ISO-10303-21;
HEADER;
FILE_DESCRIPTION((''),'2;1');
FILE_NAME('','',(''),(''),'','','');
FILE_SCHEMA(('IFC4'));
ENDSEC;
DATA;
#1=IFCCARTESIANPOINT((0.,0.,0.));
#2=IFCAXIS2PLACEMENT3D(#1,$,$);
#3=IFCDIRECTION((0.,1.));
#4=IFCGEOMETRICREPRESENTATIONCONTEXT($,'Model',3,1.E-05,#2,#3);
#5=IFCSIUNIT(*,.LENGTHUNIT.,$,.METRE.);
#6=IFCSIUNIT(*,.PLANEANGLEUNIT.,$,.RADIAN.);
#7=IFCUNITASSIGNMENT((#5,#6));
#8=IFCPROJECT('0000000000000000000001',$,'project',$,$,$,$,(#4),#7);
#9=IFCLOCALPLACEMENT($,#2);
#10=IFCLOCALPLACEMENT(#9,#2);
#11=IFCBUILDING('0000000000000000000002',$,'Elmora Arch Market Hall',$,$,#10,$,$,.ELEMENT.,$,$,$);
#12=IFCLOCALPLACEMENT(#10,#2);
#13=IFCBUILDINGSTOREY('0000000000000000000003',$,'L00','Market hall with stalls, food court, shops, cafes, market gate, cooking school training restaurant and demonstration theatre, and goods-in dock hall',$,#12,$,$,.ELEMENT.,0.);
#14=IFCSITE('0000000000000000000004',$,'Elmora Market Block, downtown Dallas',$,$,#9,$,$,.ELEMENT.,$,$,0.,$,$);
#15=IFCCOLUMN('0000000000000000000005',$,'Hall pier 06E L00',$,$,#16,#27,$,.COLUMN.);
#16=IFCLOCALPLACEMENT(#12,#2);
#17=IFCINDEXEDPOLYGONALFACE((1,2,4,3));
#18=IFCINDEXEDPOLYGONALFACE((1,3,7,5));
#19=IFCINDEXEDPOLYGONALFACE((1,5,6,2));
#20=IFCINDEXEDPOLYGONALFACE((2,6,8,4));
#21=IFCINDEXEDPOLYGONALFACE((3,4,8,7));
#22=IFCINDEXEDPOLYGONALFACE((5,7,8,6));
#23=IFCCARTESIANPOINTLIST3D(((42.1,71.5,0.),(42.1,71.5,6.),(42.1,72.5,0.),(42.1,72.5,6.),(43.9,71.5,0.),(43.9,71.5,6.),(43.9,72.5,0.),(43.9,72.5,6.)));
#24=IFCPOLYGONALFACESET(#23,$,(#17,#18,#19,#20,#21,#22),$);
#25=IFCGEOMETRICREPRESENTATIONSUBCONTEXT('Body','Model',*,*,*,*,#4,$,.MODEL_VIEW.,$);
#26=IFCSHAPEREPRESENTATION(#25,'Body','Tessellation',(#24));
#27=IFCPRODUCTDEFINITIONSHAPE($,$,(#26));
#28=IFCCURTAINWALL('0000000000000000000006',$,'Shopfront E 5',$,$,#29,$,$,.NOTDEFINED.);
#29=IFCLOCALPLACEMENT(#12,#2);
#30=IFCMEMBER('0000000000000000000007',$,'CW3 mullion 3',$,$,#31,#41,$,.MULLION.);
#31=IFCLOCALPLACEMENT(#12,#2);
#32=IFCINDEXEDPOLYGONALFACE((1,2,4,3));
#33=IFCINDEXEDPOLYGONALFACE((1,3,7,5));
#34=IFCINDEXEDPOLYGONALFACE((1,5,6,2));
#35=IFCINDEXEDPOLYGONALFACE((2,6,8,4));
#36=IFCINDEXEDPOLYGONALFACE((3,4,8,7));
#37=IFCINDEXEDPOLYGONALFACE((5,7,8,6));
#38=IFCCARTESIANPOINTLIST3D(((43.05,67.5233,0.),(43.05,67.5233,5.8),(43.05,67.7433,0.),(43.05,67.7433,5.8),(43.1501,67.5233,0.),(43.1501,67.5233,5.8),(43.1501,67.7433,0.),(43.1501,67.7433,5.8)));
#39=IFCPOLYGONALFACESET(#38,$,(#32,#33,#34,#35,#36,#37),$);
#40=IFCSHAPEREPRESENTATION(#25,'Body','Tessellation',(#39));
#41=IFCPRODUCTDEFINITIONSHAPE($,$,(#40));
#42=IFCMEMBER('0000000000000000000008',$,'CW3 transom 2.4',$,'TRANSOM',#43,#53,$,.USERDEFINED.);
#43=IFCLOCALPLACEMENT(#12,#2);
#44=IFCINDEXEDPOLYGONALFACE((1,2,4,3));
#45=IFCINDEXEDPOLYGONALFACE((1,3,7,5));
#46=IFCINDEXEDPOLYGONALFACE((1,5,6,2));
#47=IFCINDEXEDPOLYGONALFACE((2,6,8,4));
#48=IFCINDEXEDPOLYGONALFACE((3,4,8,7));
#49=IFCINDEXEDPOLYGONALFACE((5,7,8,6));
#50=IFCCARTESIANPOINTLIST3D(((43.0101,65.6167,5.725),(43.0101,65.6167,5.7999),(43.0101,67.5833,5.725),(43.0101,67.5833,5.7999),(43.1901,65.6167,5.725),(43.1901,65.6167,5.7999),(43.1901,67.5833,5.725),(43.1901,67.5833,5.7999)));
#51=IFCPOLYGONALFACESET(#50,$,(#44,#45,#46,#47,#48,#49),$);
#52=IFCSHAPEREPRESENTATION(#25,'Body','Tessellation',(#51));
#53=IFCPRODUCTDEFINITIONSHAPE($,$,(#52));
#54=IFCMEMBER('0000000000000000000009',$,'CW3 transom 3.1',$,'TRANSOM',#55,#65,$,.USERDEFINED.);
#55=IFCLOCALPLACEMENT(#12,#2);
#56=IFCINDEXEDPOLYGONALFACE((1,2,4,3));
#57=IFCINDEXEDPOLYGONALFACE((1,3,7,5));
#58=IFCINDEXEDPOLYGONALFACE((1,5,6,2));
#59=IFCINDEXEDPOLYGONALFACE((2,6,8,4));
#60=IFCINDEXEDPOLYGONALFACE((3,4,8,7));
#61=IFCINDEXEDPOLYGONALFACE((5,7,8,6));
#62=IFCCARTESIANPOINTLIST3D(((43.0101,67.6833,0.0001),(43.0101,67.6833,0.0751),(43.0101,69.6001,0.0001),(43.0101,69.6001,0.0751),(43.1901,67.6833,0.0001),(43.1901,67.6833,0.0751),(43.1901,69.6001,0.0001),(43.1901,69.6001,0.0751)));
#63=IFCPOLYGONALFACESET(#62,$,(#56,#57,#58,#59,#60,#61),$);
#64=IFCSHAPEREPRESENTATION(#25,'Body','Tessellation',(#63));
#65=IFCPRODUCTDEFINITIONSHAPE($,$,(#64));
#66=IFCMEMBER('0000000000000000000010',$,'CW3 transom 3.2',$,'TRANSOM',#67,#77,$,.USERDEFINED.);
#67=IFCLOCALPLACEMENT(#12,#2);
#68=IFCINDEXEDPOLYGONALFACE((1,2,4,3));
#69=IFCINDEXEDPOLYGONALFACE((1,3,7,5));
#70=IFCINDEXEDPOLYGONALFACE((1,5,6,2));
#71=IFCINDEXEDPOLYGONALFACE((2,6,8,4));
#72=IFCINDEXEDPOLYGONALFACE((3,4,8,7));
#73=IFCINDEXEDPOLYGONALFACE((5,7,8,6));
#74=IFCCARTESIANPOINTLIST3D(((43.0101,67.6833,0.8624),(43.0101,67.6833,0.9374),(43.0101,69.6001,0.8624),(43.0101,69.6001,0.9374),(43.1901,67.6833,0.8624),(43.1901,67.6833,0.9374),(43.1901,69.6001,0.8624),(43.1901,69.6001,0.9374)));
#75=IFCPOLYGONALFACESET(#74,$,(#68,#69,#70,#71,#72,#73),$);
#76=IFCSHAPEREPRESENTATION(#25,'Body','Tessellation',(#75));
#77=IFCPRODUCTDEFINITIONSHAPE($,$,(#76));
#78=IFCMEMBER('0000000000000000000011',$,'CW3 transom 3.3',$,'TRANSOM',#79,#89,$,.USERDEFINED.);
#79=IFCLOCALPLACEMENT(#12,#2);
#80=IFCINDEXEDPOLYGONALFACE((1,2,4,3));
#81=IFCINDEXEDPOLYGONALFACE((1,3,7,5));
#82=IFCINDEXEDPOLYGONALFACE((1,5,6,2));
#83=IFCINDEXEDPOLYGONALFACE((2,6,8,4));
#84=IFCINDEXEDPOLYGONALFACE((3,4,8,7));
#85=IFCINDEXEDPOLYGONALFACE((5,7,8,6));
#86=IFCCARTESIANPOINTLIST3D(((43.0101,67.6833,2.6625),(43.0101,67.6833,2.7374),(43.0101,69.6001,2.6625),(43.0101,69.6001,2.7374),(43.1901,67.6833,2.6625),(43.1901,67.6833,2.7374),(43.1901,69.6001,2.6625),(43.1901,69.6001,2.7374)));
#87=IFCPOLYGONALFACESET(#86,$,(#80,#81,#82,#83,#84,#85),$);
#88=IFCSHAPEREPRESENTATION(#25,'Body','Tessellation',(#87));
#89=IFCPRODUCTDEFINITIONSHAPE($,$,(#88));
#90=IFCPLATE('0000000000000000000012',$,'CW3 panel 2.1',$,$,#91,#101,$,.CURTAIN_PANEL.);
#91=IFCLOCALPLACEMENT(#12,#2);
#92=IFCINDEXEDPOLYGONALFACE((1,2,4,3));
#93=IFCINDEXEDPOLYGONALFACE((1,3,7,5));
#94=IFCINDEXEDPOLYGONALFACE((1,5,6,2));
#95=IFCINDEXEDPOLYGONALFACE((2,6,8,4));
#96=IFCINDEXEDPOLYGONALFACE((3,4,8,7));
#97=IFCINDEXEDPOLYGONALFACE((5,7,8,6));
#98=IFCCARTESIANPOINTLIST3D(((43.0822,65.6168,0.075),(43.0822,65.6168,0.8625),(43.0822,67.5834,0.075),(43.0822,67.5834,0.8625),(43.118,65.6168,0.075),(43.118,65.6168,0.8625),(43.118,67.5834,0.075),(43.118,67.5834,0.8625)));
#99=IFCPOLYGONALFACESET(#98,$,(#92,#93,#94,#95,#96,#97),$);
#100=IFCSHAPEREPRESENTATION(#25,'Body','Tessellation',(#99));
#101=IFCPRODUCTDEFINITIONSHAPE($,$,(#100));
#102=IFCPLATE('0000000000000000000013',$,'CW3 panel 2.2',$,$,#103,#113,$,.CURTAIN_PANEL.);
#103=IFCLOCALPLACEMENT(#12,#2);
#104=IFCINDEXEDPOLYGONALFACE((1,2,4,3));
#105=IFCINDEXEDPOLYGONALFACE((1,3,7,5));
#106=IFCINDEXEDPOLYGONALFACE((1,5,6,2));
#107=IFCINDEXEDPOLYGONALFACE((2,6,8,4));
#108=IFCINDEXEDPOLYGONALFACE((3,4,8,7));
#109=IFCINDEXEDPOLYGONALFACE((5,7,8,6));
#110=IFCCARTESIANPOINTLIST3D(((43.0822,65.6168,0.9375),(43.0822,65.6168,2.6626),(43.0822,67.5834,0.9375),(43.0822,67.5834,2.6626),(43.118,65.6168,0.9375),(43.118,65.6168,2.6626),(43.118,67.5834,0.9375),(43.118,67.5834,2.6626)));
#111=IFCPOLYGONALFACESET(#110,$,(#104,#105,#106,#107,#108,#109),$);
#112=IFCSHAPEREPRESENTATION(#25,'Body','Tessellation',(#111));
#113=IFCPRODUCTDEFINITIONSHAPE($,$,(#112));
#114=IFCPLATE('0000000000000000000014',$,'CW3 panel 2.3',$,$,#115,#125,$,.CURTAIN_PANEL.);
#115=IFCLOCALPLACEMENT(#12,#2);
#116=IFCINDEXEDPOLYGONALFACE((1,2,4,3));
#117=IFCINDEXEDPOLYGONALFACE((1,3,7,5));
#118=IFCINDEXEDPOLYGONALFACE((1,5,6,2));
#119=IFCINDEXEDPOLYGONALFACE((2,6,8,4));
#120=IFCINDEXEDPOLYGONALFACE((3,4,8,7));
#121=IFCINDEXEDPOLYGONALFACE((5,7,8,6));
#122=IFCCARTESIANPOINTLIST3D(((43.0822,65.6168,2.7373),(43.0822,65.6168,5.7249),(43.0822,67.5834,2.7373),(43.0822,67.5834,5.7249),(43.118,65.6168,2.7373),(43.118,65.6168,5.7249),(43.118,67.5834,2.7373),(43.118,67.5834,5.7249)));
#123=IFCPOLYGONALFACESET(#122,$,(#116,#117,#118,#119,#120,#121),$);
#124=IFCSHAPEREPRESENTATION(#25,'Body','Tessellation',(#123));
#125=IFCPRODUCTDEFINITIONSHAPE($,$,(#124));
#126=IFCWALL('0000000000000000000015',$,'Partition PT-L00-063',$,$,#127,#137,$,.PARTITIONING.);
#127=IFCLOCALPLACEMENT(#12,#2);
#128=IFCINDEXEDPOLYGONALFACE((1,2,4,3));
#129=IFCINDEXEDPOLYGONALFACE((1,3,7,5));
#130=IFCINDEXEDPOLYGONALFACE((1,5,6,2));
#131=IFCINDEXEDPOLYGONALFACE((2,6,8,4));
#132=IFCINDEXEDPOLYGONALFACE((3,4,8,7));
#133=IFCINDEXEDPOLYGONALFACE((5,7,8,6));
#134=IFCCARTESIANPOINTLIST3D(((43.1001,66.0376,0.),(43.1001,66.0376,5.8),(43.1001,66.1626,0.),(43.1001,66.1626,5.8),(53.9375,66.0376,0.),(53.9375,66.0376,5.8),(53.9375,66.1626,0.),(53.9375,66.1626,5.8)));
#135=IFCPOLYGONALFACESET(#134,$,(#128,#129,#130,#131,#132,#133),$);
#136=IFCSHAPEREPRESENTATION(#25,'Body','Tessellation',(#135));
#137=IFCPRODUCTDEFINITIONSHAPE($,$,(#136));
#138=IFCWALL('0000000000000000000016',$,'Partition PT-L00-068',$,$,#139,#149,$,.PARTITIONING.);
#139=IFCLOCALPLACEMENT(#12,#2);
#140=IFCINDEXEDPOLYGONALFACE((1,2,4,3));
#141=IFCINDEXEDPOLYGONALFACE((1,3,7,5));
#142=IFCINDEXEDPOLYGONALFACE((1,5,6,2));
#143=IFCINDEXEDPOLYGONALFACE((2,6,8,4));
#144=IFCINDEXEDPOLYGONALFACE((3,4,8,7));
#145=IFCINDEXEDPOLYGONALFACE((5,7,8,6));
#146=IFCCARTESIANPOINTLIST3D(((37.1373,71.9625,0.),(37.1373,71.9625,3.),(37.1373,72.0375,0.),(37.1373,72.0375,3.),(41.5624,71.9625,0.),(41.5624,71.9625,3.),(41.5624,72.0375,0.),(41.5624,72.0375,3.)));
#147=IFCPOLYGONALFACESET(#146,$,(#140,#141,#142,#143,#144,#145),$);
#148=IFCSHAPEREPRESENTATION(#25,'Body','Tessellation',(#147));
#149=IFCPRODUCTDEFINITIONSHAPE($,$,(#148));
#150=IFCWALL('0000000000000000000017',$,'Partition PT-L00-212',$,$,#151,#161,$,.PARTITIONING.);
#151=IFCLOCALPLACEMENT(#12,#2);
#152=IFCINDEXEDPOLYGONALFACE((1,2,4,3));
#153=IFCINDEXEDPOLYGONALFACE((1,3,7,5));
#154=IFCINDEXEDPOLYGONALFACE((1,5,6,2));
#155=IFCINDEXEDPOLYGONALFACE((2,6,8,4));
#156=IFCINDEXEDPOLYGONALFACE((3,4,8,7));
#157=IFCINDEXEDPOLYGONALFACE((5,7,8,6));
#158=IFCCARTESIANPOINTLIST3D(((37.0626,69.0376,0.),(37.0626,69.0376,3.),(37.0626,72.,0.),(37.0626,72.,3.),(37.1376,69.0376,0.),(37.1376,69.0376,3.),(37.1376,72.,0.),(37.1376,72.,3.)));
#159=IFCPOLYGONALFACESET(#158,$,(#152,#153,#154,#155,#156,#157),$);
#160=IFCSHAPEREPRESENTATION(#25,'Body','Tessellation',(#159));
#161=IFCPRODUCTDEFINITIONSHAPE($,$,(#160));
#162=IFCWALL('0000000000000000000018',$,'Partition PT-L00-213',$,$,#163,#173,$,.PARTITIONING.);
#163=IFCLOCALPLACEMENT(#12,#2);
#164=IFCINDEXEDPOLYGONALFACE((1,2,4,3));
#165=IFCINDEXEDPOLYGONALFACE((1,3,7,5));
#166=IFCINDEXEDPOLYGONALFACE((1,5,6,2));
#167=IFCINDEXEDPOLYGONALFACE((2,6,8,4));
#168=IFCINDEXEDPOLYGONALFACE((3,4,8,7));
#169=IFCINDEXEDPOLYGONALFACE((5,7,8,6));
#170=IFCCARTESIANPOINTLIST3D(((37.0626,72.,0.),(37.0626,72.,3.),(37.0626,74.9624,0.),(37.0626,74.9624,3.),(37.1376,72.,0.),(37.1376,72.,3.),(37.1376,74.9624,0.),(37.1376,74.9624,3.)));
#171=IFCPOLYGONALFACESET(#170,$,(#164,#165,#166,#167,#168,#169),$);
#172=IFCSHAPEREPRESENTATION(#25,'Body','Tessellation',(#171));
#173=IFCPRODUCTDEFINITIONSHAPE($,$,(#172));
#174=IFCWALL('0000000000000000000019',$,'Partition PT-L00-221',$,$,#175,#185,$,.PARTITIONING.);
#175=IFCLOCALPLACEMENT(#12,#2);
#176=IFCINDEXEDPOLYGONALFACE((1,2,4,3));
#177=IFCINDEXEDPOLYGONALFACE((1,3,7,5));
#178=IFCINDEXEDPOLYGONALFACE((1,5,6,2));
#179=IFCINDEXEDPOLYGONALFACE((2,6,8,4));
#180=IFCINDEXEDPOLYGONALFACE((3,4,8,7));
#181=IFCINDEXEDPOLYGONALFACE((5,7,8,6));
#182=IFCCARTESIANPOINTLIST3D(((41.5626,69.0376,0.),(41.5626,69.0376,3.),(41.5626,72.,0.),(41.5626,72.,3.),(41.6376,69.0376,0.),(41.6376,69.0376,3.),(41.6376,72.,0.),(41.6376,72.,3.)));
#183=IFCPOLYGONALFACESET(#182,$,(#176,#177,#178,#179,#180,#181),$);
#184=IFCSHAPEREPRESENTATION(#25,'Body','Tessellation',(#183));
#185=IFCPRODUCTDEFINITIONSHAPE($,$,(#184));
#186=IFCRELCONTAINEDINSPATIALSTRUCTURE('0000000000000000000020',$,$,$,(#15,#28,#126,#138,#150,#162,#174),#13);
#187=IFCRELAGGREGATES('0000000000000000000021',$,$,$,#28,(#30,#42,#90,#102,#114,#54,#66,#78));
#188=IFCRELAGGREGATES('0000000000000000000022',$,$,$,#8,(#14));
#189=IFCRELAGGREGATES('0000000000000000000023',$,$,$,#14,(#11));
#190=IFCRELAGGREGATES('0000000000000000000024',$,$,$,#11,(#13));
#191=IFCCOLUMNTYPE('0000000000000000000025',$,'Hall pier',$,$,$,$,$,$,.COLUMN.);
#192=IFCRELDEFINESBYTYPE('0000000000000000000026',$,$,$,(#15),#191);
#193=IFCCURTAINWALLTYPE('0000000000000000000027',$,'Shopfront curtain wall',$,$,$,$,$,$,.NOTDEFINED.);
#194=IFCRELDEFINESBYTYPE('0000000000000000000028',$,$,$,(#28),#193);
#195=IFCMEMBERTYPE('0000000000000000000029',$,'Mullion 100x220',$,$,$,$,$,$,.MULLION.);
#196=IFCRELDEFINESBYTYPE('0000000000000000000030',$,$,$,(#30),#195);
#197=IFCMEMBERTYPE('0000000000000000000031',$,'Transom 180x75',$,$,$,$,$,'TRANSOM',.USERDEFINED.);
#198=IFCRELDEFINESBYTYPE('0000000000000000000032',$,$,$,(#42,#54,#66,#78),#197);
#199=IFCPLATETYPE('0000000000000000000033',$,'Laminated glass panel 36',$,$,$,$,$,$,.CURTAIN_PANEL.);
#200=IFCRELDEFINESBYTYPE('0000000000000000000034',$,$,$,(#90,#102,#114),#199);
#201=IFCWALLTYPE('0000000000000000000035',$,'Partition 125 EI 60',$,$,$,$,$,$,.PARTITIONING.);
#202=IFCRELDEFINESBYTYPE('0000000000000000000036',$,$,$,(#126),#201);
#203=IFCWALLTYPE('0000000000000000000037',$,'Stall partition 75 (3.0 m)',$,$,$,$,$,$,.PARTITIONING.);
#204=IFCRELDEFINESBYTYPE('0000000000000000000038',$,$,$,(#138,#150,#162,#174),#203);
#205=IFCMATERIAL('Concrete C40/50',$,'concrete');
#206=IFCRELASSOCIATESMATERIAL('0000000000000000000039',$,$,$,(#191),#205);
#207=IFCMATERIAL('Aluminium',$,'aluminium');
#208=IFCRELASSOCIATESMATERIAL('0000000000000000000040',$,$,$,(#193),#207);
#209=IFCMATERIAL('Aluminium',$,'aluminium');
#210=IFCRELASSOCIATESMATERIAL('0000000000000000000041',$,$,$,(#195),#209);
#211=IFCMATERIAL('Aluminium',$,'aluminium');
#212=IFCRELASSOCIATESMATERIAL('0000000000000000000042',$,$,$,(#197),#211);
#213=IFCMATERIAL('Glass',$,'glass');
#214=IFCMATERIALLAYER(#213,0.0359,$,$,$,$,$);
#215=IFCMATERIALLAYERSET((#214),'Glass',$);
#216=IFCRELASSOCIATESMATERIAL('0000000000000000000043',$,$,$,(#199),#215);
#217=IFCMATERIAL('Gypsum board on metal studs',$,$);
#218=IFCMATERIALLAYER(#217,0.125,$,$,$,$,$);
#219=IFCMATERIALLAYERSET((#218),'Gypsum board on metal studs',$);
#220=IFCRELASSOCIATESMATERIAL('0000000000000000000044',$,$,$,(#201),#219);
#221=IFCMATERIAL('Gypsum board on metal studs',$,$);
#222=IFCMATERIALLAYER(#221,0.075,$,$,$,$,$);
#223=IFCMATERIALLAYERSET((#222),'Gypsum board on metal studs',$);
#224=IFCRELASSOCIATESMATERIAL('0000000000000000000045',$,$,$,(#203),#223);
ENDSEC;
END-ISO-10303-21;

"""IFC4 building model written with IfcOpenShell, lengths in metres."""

from ifc_helpers import new_model, si_unit, direction, frame, frame_2d, origin, origin_2d, place, context, subcontext, project, spatial, rectangle, extrude, material, layer, layer_set, material_profile, profile_set, type_object, element, aggregate, save


model = new_model("IFC4")

# Units and contexts
model_context = context("Model", 3, precision=1e-05, world=origin(), true_north=direction((0.0, 1.0)))
body_context = subcontext(model_context, "Body", "Model", "MODEL_VIEW")
ifc_project = project(units=[si_unit("LENGTHUNIT", "METRE"), si_unit("PLANEANGLEUNIT", "RADIAN")], contexts=[model_context])

# Site, building, storey
site_placement = place(None, origin())
site = spatial("IfcSite", under=ifc_project, at=site_placement, Name="Elmora Market Block, downtown Dallas", CompositionType="ELEMENT", RefElevation=0.0)
building_placement = place(site_placement, origin())
building = spatial("IfcBuilding", under=site, at=building_placement, Name="Elmora Arch Market Hall", CompositionType="ELEMENT")
storey_placement = place(building_placement, origin())
storey = spatial("IfcBuildingStorey", under=building, at=storey_placement, Name="L00", Description="Market hall with stalls, food court, shops, cafes, market gate, cooking school training restaurant and demonstration theatre, and goods-in dock hall", CompositionType="ELEMENT", Elevation=0.0)

# Column
ifc_material_1 = material(Name="Concrete C40/50", Category="concrete")
ifc_material_profile_1 = material_profile(ifc_material_1, rectangle(XDim=1.8, YDim=1.0, at=origin_2d()), Name="Hall pier")
ifc_profile_set_1 = profile_set([ifc_material_profile_1], Name="Concrete C40/50")
column_type = type_object("IfcColumnType", Name="Hall pier", PredefinedType="COLUMN", material=ifc_profile_set_1)
column_placement = place(storey_placement, frame((43.0, 72.0, 0.0), z_axis=(0.0, 0.0, 1.0), x_axis=(1.0, 0.0, 0.0)))
element("IfcColumn", 1, at=column_placement, inside=storey, type_object=column_type, Name="Hall pier 06E L00", PredefinedType="COLUMN", context=body_context, shape_type="SweptSolid", body=[
    extrude(rectangle(XDim=1.8, YDim=1.0, at=origin_2d()), origin(), (0.0, 0.0, 1.0), 6.0),
])

# Curtain wall, members, plates
ifc_material_2 = material(Name="Aluminium", Category="aluminium")
curtain_wall_type = type_object("IfcCurtainWallType", Name="Shopfront curtain wall", PredefinedType="NOTDEFINED", material=ifc_material_2)
curtain_wall_placement = place(storey_placement, origin())
curtain_wall = element("IfcCurtainWall", 2, at=curtain_wall_placement, inside=storey, type_object=curtain_wall_type, Name="Shopfront E 5", PredefinedType="NOTDEFINED")
ifc_material_3 = material(Name="Aluminium", Category="aluminium")
ifc_material_profile_2 = material_profile(ifc_material_3, rectangle(XDim=0.1001, YDim=0.22, at=origin_2d()), Name="AL 100x220")
ifc_profile_set_2 = profile_set([ifc_material_profile_2], Name="Aluminium")
member_type_1 = type_object("IfcMemberType", Name="Mullion 100x220", PredefinedType="MULLION", material=ifc_profile_set_2)
member_1_placement = place(storey_placement, frame((43.1001, 67.6333, 0.0), z_axis=(0.0, 0.0, 1.0), x_axis=(-1.0, 0.0, 0.0)))
member_1 = element("IfcMember", 3, at=member_1_placement, type_object=member_type_1, Name="CW3 mullion 3", PredefinedType="MULLION", context=body_context, shape_type="SweptSolid", body=[
    extrude(rectangle(XDim=0.1001, YDim=0.22, at=origin_2d()), origin(), (0.0, 0.0, 1.0), 5.8),
])
ifc_material_4 = material(Name="Aluminium", Category="aluminium")
ifc_material_profile_3 = material_profile(ifc_material_4, rectangle(XDim=0.1799, YDim=0.075, at=origin_2d()), Name="AL 180x75")
ifc_profile_set_3 = profile_set([ifc_material_profile_3], Name="Aluminium")
member_type_2 = type_object("IfcMemberType", Name="Transom 180x75", ElementType="TRANSOM", PredefinedType="USERDEFINED", material=ifc_profile_set_3)
member_2_placement = place(storey_placement, frame((43.1001, 65.6167, 5.7625), z_axis=(0.0, 1.0, 0.0), x_axis=(-1.0, 0.0, 0.0)))
member_2 = element("IfcMember", 4, at=member_2_placement, type_object=member_type_2, Name="CW3 transom 2.4", ObjectType="TRANSOM", PredefinedType="USERDEFINED", context=body_context, shape_type="SweptSolid", body=[
    extrude(rectangle(XDim=0.1799, YDim=0.075, at=origin_2d()), origin(), (0.0, 0.0, 1.0), 1.9666),
])
member_3_placement = place(storey_placement, frame((43.1001, 67.6833, 0.0376), z_axis=(0.0, 1.0, 0.0), x_axis=(-1.0, 0.0, 0.0)))
member_3 = element("IfcMember", 5, at=member_3_placement, type_object=member_type_2, Name="CW3 transom 3.1", ObjectType="TRANSOM", PredefinedType="USERDEFINED", context=body_context, shape_type="SweptSolid", body=[
    extrude(rectangle(XDim=0.1799, YDim=0.075, at=origin_2d()), origin(), (0.0, 0.0, 1.0), 1.9167),
])
member_4_placement = place(storey_placement, frame((43.1001, 67.6833, 0.8999), z_axis=(0.0, 1.0, 0.0), x_axis=(-1.0, 0.0, 0.0)))
member_4 = element("IfcMember", 6, at=member_4_placement, type_object=member_type_2, Name="CW3 transom 3.2", ObjectType="TRANSOM", PredefinedType="USERDEFINED", context=body_context, shape_type="SweptSolid", body=[
    extrude(rectangle(XDim=0.1799, YDim=0.075, at=origin_2d()), origin(), (0.0, 0.0, 1.0), 1.9167),
])
member_5_placement = place(storey_placement, frame((43.1001, 67.6833, 2.7), z_axis=(0.0, 1.0, 0.0), x_axis=(-1.0, 0.0, 0.0)))
member_5 = element("IfcMember", 7, at=member_5_placement, type_object=member_type_2, Name="CW3 transom 3.3", ObjectType="TRANSOM", PredefinedType="USERDEFINED", context=body_context, shape_type="SweptSolid", body=[
    extrude(rectangle(XDim=0.1799, YDim=0.075, at=origin_2d()), origin(), (0.0, 0.0, 1.0), 1.9167),
])
ifc_material_5 = material(Name="Glass", Category="glass")
ifc_layer_1 = layer(ifc_material_5, 0.0359)
ifc_layer_set_1 = layer_set([ifc_layer_1], Name="Glass")
plate_type = type_object("IfcPlateType", Name="Laminated glass panel 36", PredefinedType="CURTAIN_PANEL", material=ifc_layer_set_1)
plate_1_placement = place(storey_placement, frame((43.1001, 66.6001, 0.075), z_axis=(0.0, 0.0, 1.0), x_axis=(0.0, 1.0, 0.0)))
plate_1 = element("IfcPlate", 8, at=plate_1_placement, type_object=plate_type, Name="CW3 panel 2.1", PredefinedType="CURTAIN_PANEL", context=body_context, shape_type="SweptSolid", body=[
    extrude(rectangle(XDim=1.9666, YDim=0.0359, at=origin_2d()), origin(), (0.0, 0.0, 1.0), 0.7876),
])
plate_2_placement = place(storey_placement, frame((43.1001, 66.6001, 0.9375), z_axis=(0.0, 0.0, 1.0), x_axis=(0.0, 1.0, 0.0)))
plate_2 = element("IfcPlate", 9, at=plate_2_placement, type_object=plate_type, Name="CW3 panel 2.2", PredefinedType="CURTAIN_PANEL", context=body_context, shape_type="SweptSolid", body=[
    extrude(rectangle(XDim=1.9666, YDim=0.0359, at=origin_2d()), origin(), (0.0, 0.0, 1.0), 1.7251),
])
plate_3_placement = place(storey_placement, frame((43.1001, 66.6001, 2.7373), z_axis=(0.0, 0.0, 1.0), x_axis=(0.0, 1.0, 0.0)))
plate_3 = element("IfcPlate", 10, at=plate_3_placement, type_object=plate_type, Name="CW3 panel 2.3", PredefinedType="CURTAIN_PANEL", context=body_context, shape_type="SweptSolid", body=[
    extrude(rectangle(XDim=1.9666, YDim=0.0359, at=origin_2d()), origin(), (0.0, 0.0, 1.0), 2.9875),
])
aggregate(curtain_wall, [member_1, member_2, plate_1, plate_2, plate_3, member_3, member_4, member_5])

# Wall
ifc_material_6 = material(Name="Gypsum board on metal studs")
ifc_layer_2 = layer(ifc_material_6, 0.125)
ifc_layer_set_2 = layer_set([ifc_layer_2], Name="Gypsum board on metal studs")
wall_type_1 = type_object("IfcWallType", Name="Partition 125 EI 60", PredefinedType="PARTITIONING", material=ifc_layer_set_2)
wall_1_placement = place(storey_placement, frame((43.1001, 66.1001, 0.0), z_axis=(0.0, 0.0, 1.0), x_axis=(1.0, 0.0, 0.0)))
element("IfcWall", 11, at=wall_1_placement, inside=storey, type_object=wall_type_1, Name="Partition PT-L00-063", PredefinedType="PARTITIONING", context=body_context, shape_type="SweptSolid", body=[
    extrude(rectangle(XDim=10.8374, YDim=0.125, at=frame_2d((5.4187, 0.0))), origin(), (0.0, 0.0, 1.0), 5.8),
])

# Shared definitions
ifc_material_7 = material(Name="Gypsum board on metal studs")
ifc_layer_3 = layer(ifc_material_7, 0.075)
ifc_layer_set_3 = layer_set([ifc_layer_3], Name="Gypsum board on metal studs")
wall_type_2 = type_object("IfcWallType", Name="Stall partition 75 (3.0 m)", PredefinedType="PARTITIONING", material=ifc_layer_set_3)

# Walls
wall_2_placement = place(storey_placement, frame((37.1375, 72.0, 0.0), z_axis=(0.0, 0.0, 1.0), x_axis=(1.0, 0.0, 0.0)))
element("IfcWall", 12, at=wall_2_placement, inside=storey, type_object=wall_type_2, Name="Partition PT-L00-068", PredefinedType="PARTITIONING", context=body_context, shape_type="SweptSolid", body=[
    extrude(rectangle(XDim=4.425, YDim=0.075, at=frame_2d((2.2124, 0.0))), origin(), (0.0, 0.0, 1.0), 3.0),
])
for number, where, z_axis, x_axis, name in (
    (13, (37.1001, 69.0376, 0.0), (0.0, 0.0, 1.0), (0.0, 1.0, 0.0), "Partition PT-L00-212"),
    (14, (37.1001, 72.0, 0.0), (0.0, 0.0, 1.0), (0.0, 1.0, 0.0), "Partition PT-L00-213"),
    (15, (41.6001, 69.0376, 0.0), (0.0, 0.0, 1.0), (0.0, 1.0, 0.0), "Partition PT-L00-221"),
):
    element("IfcWall", number, at=place(storey_placement, frame(where, z_axis=z_axis, x_axis=x_axis)), inside=storey, type_object=wall_type_2, Name=name, PredefinedType="PARTITIONING", context=body_context, shape_type="SweptSolid", body=[
        extrude(rectangle(XDim=2.9624, YDim=0.075, at=frame_2d((1.4812, 0.0))), origin(), (0.0, 0.0, 1.0), 3.0),
    ])

save(model, "model.ifc")
